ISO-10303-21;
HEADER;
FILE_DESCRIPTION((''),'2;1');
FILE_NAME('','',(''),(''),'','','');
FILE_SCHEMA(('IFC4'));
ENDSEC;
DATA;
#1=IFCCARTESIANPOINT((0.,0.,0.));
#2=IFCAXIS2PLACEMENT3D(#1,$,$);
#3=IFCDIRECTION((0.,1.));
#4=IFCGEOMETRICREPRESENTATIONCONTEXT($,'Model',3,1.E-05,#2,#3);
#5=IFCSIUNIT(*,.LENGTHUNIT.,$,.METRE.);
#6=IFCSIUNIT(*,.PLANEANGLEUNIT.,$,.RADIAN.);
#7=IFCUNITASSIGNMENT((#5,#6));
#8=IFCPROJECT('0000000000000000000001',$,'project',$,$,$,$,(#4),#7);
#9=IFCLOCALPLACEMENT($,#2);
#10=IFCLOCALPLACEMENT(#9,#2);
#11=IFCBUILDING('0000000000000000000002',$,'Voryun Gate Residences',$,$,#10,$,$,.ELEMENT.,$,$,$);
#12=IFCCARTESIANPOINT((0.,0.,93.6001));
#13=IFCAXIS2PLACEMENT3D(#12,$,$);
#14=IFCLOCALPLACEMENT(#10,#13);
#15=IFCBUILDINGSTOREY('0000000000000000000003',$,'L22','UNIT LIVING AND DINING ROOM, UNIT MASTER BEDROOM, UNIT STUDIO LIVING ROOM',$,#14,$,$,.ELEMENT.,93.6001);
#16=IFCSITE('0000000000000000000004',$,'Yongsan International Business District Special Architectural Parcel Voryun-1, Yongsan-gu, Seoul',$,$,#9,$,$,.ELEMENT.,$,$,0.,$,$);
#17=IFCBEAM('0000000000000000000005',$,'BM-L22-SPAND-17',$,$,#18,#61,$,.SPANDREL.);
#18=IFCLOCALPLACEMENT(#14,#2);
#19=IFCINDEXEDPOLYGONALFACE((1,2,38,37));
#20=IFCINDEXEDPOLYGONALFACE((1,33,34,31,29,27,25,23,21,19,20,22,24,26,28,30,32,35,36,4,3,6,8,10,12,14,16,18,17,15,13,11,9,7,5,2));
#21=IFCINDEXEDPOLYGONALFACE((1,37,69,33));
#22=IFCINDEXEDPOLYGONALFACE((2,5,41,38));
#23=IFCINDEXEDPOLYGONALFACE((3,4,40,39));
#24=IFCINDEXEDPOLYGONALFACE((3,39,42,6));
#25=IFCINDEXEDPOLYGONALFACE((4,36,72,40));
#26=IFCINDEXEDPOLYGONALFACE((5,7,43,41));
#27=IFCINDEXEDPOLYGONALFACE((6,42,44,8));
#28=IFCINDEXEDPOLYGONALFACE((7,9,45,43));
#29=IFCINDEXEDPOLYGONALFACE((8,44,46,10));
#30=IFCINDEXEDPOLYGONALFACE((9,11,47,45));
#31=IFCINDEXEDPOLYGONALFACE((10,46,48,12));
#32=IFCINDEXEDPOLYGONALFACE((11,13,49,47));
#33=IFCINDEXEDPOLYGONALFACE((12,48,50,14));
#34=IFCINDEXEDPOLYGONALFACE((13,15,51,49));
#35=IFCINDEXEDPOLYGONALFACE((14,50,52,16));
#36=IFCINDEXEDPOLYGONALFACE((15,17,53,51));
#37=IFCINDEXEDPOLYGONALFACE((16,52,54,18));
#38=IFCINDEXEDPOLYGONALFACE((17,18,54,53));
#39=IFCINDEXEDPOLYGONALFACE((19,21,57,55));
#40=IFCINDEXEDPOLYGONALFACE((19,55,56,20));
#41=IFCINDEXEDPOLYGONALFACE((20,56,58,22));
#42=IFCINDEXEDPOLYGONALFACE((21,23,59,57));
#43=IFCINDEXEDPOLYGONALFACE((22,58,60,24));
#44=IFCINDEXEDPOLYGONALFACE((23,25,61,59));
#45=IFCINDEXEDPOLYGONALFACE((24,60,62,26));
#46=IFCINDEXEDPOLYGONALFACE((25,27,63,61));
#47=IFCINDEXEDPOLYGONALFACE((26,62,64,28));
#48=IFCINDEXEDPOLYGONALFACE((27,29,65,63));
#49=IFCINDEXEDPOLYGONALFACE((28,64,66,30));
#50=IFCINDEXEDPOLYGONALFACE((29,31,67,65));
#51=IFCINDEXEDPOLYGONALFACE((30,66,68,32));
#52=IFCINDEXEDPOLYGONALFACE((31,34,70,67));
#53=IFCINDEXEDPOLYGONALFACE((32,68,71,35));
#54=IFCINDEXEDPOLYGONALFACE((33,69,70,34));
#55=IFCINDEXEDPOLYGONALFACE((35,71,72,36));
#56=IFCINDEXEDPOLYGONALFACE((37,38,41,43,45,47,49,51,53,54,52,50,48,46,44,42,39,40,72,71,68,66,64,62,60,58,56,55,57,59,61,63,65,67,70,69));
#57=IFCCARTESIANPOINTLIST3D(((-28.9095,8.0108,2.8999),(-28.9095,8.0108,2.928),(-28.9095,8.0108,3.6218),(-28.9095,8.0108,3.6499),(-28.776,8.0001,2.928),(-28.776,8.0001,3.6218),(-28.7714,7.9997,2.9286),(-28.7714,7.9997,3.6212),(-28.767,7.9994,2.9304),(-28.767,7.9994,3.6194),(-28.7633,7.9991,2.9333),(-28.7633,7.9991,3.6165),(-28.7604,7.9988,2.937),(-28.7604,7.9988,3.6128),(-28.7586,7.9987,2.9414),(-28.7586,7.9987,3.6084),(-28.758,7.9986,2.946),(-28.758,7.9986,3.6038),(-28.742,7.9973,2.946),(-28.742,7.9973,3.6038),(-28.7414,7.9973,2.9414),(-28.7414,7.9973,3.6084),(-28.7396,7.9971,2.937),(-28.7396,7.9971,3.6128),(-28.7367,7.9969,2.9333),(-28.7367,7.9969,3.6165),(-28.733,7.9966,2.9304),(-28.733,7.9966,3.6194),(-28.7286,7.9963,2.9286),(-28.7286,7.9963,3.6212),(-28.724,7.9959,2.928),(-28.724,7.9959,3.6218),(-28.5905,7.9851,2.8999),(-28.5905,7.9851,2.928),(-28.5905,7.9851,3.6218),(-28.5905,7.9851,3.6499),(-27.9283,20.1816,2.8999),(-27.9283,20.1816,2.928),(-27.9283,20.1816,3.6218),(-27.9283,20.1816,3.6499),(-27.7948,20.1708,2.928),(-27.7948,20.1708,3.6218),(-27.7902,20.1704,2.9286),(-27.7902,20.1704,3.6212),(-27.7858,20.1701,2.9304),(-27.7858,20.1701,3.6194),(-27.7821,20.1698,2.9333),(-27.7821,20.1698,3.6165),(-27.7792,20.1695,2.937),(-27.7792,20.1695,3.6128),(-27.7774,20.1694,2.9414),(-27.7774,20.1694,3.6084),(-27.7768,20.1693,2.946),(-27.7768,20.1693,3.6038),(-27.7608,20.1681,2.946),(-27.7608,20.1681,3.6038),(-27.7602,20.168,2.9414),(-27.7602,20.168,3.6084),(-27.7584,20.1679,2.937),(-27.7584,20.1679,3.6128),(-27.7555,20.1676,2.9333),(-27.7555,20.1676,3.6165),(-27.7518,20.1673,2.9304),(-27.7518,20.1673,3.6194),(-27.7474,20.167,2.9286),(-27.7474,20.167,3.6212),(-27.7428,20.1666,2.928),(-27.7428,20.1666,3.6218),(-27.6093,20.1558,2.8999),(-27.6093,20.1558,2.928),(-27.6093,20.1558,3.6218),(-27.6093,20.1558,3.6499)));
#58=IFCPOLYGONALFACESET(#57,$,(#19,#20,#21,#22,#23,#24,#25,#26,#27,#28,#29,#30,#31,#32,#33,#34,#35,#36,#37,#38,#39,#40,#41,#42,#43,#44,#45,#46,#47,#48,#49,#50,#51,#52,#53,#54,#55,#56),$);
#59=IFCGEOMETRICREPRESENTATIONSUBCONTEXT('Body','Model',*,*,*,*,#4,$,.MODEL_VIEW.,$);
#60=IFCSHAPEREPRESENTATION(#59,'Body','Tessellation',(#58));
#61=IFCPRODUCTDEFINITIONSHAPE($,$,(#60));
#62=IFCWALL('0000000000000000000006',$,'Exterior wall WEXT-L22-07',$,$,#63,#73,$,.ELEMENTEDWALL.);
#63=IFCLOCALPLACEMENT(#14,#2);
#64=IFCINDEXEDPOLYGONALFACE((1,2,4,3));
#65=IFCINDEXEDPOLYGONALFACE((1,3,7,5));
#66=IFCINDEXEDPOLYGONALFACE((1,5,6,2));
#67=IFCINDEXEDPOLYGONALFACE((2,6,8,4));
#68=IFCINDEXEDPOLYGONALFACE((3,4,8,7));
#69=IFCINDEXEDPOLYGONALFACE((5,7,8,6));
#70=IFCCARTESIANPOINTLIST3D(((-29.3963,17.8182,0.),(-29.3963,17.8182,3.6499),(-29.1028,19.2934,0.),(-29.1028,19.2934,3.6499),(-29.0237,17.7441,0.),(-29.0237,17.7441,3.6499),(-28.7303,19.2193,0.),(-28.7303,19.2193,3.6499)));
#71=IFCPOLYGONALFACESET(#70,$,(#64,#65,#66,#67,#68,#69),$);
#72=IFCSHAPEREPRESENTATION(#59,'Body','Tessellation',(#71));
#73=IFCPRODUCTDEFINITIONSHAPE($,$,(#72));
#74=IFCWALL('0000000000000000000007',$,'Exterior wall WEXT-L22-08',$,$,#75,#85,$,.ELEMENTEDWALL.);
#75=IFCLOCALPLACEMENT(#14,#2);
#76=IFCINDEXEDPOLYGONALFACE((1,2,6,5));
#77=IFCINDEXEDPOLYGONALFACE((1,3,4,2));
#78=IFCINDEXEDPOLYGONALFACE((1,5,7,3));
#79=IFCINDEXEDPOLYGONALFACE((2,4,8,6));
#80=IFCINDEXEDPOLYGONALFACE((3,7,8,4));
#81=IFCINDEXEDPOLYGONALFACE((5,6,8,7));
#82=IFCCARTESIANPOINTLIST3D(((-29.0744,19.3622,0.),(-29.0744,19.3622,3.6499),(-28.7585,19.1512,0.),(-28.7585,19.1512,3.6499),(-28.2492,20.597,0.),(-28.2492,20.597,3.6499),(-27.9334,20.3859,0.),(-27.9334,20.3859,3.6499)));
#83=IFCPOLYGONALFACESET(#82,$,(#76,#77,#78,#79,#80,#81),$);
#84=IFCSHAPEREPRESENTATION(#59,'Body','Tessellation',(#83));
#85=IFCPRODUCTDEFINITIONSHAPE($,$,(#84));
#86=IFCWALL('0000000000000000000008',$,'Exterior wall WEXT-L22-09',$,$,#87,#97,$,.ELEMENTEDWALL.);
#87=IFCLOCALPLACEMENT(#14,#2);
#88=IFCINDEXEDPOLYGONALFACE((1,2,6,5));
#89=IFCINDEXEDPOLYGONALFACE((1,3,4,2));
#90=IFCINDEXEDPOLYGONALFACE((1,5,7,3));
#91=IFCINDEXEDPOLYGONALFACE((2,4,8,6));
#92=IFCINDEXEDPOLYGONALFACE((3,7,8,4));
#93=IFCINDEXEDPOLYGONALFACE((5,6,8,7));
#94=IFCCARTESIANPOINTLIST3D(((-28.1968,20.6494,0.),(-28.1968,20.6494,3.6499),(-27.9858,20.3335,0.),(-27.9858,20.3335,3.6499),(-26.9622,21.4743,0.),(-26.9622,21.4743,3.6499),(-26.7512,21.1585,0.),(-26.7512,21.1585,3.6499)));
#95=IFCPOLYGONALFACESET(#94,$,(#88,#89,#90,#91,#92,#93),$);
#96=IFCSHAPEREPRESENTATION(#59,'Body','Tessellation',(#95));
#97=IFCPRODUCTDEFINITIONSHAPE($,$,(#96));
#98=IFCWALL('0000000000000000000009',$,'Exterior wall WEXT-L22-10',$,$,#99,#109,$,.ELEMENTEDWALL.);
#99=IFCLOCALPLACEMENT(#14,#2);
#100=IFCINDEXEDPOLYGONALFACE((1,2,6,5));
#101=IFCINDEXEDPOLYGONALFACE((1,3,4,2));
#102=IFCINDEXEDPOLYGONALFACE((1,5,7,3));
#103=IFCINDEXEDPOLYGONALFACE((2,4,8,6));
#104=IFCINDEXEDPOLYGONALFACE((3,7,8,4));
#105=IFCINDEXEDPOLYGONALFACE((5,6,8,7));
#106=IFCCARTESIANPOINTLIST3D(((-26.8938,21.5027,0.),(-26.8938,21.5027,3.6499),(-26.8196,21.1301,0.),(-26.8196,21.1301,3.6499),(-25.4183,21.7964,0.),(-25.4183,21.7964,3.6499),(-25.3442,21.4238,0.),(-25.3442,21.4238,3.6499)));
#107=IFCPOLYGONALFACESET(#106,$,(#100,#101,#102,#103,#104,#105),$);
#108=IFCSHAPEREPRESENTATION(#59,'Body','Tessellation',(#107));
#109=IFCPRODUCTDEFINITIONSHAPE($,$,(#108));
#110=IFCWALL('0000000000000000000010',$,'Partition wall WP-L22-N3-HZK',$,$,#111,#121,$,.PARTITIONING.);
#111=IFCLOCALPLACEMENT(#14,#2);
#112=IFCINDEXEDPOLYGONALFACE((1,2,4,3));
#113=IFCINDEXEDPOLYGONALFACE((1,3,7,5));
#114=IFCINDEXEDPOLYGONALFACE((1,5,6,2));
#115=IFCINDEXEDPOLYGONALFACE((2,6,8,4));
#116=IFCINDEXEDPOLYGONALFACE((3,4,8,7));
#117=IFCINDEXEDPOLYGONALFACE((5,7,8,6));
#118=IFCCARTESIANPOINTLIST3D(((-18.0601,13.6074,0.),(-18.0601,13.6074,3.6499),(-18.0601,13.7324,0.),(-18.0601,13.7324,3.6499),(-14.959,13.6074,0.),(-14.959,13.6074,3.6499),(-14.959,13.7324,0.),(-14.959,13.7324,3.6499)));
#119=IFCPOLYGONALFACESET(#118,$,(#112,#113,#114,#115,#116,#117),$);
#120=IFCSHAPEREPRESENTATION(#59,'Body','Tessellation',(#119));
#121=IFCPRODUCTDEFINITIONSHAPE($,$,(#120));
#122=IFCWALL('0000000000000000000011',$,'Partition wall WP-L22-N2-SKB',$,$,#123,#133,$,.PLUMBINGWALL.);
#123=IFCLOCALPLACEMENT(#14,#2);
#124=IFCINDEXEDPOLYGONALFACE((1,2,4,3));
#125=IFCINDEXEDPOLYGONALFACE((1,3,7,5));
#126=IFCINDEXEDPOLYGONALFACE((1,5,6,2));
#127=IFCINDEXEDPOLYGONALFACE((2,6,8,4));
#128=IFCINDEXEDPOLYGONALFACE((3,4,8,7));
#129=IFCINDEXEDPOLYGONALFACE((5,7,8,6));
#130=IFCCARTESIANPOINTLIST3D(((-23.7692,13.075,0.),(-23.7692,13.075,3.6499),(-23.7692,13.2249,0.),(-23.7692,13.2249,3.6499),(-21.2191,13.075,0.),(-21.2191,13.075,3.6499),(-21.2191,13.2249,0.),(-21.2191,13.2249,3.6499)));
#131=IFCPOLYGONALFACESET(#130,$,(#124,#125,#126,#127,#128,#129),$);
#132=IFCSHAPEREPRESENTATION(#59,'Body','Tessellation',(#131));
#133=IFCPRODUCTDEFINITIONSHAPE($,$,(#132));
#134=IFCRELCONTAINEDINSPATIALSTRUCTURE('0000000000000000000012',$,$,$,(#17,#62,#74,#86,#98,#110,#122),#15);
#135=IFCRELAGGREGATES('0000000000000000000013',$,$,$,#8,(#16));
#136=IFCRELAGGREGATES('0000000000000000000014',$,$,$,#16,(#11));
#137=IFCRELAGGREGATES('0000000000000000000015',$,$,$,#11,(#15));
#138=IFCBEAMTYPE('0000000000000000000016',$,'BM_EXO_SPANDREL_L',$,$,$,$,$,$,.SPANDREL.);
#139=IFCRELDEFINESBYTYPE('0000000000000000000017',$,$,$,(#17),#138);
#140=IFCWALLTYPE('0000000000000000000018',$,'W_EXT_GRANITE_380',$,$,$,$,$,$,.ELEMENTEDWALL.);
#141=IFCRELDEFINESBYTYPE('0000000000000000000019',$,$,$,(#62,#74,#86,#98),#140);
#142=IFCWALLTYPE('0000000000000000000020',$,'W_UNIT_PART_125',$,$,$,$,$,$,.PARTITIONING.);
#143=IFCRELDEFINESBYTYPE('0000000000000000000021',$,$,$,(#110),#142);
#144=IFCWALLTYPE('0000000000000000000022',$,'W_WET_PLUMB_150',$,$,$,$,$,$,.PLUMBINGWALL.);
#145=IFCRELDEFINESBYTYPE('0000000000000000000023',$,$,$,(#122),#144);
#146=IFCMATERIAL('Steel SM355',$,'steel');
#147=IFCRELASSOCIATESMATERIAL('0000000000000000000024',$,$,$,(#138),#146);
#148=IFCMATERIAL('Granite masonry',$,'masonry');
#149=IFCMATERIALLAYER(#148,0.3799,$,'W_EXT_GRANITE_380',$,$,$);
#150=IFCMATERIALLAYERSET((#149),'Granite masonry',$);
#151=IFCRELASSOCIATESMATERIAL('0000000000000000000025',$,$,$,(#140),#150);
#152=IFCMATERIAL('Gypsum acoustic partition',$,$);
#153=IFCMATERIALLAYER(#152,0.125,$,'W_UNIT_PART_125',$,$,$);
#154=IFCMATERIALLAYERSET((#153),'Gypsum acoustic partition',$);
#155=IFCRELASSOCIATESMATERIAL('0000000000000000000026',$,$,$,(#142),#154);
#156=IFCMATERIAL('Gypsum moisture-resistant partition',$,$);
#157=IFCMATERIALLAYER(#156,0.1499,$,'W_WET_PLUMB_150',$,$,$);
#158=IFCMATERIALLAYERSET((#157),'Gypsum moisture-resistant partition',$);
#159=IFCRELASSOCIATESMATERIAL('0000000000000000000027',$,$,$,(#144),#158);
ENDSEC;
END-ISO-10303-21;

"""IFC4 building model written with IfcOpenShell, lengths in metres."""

from ifc_helpers import new_model, si_unit, direction, frame, frame_2d, origin, origin_2d, place, context, subcontext, project, spatial, rectangle, i_section, extrude, material, layer, layer_set, material_profile, profile_set, type_object, element, save


model = new_model("IFC4")

# Units and contexts
model_context = context("Model", 3, precision=1e-05, world=origin(), true_north=direction((0.0, 1.0)))
body_context = subcontext(model_context, "Body", "Model", "MODEL_VIEW")
ifc_project = project(units=[si_unit("LENGTHUNIT", "METRE"), si_unit("PLANEANGLEUNIT", "RADIAN")], contexts=[model_context])

# Site, building, storey
site_placement = place(None, origin())
site = spatial("IfcSite", under=ifc_project, at=site_placement, Name="Yongsan International Business District Special Architectural Parcel Voryun-1, Yongsan-gu, Seoul", CompositionType="ELEMENT", RefElevation=0.0)
building_placement = place(site_placement, origin())
building = spatial("IfcBuilding", under=site, at=building_placement, Name="Voryun Gate Residences", CompositionType="ELEMENT")
storey_placement = place(building_placement, frame((0.0, 0.0, 93.6001)))
storey = spatial("IfcBuildingStorey", under=building, at=storey_placement, Name="L22", Description="UNIT LIVING AND DINING ROOM, UNIT MASTER BEDROOM, UNIT STUDIO LIVING ROOM", CompositionType="ELEMENT", Elevation=93.6001)

# Beam
ifc_material_1 = material(Name="Steel SM355", Category="steel")
ifc_material_profile_1 = material_profile(ifc_material_1, i_section(OverallWidth=0.3201, OverallDepth=0.75, WebThickness=0.0161, FlangeThickness=0.0281, FilletRadius=0.0181, at=origin_2d()), Name="H-750x320x16x28")
ifc_profile_set_1 = profile_set([ifc_material_profile_1], Name="Steel SM355")
beam_type = type_object("IfcBeamType", Name="BM_EXO_SPANDREL_L", PredefinedType="SPANDREL", material=ifc_profile_set_1)
beam_1_placement = place(storey_placement, frame((-27.7688, 20.1687, 3.2749), z_axis=(-0.08036, -0.996766, 0.0), x_axis=(0.996766, -0.08036, 0.0)))
element("IfcBeam", 1, at=beam_1_placement, inside=storey, type_object=beam_type, Name="BM-L22-SPAND-17", PredefinedType="SPANDREL", context=body_context, shape_type="SweptSolid", body=[
    extrude(i_section(OverallWidth=0.3201, OverallDepth=0.75, WebThickness=0.0161, FlangeThickness=0.0281, FilletRadius=0.0181, at=origin_2d()), origin(), (0.0, 0.0, 1.0), 12.2102),
])

# Walls
ifc_material_2 = material(Name="Granite masonry", Category="masonry")
ifc_layer_1 = layer(ifc_material_2, 0.3799, Name="W_EXT_GRANITE_380")
ifc_layer_set_1 = layer_set([ifc_layer_1], Name="Granite masonry")
wall_type_1 = type_object("IfcWallType", Name="W_EXT_GRANITE_380", PredefinedType="ELEMENTEDWALL", material=ifc_layer_set_1)
wall_1_placement = place(storey_placement, frame((-29.21, 17.7812, 0.0), z_axis=(0.0, 0.0, 1.0), x_axis=(0.195086, 0.980786, 0.0)))
element("IfcWall", 2, at=wall_1_placement, inside=storey, type_object=wall_type_1, Name="Exterior wall WEXT-L22-07", PredefinedType="ELEMENTEDWALL", context=body_context, shape_type="SweptSolid", body=[
    extrude(rectangle(XDim=1.5042, YDim=0.3799, at=frame_2d((0.752, 0.0))), origin(), (0.0, 0.0, 1.0), 3.6499),
])
wall_2_placement = place(storey_placement, frame((-28.9165, 19.2566, 0.0), z_axis=(0.0, 0.0, 1.0), x_axis=(0.55561, 0.831443, 0.0)))
element("IfcWall", 3, at=wall_2_placement, inside=storey, type_object=wall_type_1, Name="Exterior wall WEXT-L22-08", PredefinedType="ELEMENTEDWALL", context=body_context, shape_type="SweptSolid", body=[
    extrude(rectangle(XDim=1.4851, YDim=0.3799, at=frame_2d((0.7427, 0.0))), origin(), (0.0, 0.0, 1.0), 3.6499),
])
wall_3_placement = place(storey_placement, frame((-28.0913, 20.4915, 0.0), z_axis=(0.0, 0.0, 1.0), x_axis=(0.831468, 0.555573, 0.0)))
element("IfcWall", 4, at=wall_3_placement, inside=storey, type_object=wall_type_1, Name="Exterior wall WEXT-L22-09", PredefinedType="ELEMENTEDWALL", context=body_context, shape_type="SweptSolid", body=[
    extrude(rectangle(XDim=1.4849, YDim=0.3799, at=frame_2d((0.7424, 0.0))), origin(), (0.0, 0.0, 1.0), 3.6499),
])
wall_4_placement = place(storey_placement, frame((-26.8567, 21.3164, 0.0), z_axis=(0.0, 0.0, 1.0), x_axis=(0.980755, 0.195242, 0.0)))
element("IfcWall", 5, at=wall_4_placement, inside=storey, type_object=wall_type_1, Name="Exterior wall WEXT-L22-10", PredefinedType="ELEMENTEDWALL", context=body_context, shape_type="SweptSolid", body=[
    extrude(rectangle(XDim=1.5044, YDim=0.3799, at=frame_2d((0.7522, 0.0))), origin(), (0.0, 0.0, 1.0), 3.6499),
])

# Walls
ifc_material_3 = material(Name="Gypsum acoustic partition")
ifc_layer_2 = layer(ifc_material_3, 0.125, Name="W_UNIT_PART_125")
ifc_layer_set_2 = layer_set([ifc_layer_2], Name="Gypsum acoustic partition")
wall_type_2 = type_object("IfcWallType", Name="W_UNIT_PART_125", PredefinedType="PARTITIONING", material=ifc_layer_set_2)
wall_5_placement = place(storey_placement, frame((-18.0601, 13.6699, 0.0), z_axis=(0.0, 0.0, 1.0), x_axis=(1.0, 0.0, 0.0)))
element("IfcWall", 6, at=wall_5_placement, inside=storey, type_object=wall_type_2, Name="Partition wall WP-L22-N3-HZK", PredefinedType="PARTITIONING", context=body_context, shape_type="SweptSolid", body=[
    extrude(rectangle(XDim=3.1011, YDim=0.125, at=frame_2d((1.5505, 0.0))), origin(), (0.0, 0.0, 1.0), 3.6499),
])
ifc_material_4 = material(Name="Gypsum moisture-resistant partition")
ifc_layer_3 = layer(ifc_material_4, 0.1499, Name="W_WET_PLUMB_150")
ifc_layer_set_3 = layer_set([ifc_layer_3], Name="Gypsum moisture-resistant partition")
wall_type_3 = type_object("IfcWallType", Name="W_WET_PLUMB_150", PredefinedType="PLUMBINGWALL", material=ifc_layer_set_3)
wall_6_placement = place(storey_placement, frame((-23.769, 13.1499, 0.0), z_axis=(0.0, 0.0, 1.0), x_axis=(1.0, 0.0, 0.0)))
element("IfcWall", 7, at=wall_6_placement, inside=storey, type_object=wall_type_3, Name="Partition wall WP-L22-N2-SKB", PredefinedType="PLUMBINGWALL", context=body_context, shape_type="SweptSolid", body=[
    extrude(rectangle(XDim=2.55, YDim=0.1499, at=frame_2d((1.2749, 0.0))), origin(), (0.0, 0.0, 1.0), 3.6499),
])

save(model, "model.ifc")
